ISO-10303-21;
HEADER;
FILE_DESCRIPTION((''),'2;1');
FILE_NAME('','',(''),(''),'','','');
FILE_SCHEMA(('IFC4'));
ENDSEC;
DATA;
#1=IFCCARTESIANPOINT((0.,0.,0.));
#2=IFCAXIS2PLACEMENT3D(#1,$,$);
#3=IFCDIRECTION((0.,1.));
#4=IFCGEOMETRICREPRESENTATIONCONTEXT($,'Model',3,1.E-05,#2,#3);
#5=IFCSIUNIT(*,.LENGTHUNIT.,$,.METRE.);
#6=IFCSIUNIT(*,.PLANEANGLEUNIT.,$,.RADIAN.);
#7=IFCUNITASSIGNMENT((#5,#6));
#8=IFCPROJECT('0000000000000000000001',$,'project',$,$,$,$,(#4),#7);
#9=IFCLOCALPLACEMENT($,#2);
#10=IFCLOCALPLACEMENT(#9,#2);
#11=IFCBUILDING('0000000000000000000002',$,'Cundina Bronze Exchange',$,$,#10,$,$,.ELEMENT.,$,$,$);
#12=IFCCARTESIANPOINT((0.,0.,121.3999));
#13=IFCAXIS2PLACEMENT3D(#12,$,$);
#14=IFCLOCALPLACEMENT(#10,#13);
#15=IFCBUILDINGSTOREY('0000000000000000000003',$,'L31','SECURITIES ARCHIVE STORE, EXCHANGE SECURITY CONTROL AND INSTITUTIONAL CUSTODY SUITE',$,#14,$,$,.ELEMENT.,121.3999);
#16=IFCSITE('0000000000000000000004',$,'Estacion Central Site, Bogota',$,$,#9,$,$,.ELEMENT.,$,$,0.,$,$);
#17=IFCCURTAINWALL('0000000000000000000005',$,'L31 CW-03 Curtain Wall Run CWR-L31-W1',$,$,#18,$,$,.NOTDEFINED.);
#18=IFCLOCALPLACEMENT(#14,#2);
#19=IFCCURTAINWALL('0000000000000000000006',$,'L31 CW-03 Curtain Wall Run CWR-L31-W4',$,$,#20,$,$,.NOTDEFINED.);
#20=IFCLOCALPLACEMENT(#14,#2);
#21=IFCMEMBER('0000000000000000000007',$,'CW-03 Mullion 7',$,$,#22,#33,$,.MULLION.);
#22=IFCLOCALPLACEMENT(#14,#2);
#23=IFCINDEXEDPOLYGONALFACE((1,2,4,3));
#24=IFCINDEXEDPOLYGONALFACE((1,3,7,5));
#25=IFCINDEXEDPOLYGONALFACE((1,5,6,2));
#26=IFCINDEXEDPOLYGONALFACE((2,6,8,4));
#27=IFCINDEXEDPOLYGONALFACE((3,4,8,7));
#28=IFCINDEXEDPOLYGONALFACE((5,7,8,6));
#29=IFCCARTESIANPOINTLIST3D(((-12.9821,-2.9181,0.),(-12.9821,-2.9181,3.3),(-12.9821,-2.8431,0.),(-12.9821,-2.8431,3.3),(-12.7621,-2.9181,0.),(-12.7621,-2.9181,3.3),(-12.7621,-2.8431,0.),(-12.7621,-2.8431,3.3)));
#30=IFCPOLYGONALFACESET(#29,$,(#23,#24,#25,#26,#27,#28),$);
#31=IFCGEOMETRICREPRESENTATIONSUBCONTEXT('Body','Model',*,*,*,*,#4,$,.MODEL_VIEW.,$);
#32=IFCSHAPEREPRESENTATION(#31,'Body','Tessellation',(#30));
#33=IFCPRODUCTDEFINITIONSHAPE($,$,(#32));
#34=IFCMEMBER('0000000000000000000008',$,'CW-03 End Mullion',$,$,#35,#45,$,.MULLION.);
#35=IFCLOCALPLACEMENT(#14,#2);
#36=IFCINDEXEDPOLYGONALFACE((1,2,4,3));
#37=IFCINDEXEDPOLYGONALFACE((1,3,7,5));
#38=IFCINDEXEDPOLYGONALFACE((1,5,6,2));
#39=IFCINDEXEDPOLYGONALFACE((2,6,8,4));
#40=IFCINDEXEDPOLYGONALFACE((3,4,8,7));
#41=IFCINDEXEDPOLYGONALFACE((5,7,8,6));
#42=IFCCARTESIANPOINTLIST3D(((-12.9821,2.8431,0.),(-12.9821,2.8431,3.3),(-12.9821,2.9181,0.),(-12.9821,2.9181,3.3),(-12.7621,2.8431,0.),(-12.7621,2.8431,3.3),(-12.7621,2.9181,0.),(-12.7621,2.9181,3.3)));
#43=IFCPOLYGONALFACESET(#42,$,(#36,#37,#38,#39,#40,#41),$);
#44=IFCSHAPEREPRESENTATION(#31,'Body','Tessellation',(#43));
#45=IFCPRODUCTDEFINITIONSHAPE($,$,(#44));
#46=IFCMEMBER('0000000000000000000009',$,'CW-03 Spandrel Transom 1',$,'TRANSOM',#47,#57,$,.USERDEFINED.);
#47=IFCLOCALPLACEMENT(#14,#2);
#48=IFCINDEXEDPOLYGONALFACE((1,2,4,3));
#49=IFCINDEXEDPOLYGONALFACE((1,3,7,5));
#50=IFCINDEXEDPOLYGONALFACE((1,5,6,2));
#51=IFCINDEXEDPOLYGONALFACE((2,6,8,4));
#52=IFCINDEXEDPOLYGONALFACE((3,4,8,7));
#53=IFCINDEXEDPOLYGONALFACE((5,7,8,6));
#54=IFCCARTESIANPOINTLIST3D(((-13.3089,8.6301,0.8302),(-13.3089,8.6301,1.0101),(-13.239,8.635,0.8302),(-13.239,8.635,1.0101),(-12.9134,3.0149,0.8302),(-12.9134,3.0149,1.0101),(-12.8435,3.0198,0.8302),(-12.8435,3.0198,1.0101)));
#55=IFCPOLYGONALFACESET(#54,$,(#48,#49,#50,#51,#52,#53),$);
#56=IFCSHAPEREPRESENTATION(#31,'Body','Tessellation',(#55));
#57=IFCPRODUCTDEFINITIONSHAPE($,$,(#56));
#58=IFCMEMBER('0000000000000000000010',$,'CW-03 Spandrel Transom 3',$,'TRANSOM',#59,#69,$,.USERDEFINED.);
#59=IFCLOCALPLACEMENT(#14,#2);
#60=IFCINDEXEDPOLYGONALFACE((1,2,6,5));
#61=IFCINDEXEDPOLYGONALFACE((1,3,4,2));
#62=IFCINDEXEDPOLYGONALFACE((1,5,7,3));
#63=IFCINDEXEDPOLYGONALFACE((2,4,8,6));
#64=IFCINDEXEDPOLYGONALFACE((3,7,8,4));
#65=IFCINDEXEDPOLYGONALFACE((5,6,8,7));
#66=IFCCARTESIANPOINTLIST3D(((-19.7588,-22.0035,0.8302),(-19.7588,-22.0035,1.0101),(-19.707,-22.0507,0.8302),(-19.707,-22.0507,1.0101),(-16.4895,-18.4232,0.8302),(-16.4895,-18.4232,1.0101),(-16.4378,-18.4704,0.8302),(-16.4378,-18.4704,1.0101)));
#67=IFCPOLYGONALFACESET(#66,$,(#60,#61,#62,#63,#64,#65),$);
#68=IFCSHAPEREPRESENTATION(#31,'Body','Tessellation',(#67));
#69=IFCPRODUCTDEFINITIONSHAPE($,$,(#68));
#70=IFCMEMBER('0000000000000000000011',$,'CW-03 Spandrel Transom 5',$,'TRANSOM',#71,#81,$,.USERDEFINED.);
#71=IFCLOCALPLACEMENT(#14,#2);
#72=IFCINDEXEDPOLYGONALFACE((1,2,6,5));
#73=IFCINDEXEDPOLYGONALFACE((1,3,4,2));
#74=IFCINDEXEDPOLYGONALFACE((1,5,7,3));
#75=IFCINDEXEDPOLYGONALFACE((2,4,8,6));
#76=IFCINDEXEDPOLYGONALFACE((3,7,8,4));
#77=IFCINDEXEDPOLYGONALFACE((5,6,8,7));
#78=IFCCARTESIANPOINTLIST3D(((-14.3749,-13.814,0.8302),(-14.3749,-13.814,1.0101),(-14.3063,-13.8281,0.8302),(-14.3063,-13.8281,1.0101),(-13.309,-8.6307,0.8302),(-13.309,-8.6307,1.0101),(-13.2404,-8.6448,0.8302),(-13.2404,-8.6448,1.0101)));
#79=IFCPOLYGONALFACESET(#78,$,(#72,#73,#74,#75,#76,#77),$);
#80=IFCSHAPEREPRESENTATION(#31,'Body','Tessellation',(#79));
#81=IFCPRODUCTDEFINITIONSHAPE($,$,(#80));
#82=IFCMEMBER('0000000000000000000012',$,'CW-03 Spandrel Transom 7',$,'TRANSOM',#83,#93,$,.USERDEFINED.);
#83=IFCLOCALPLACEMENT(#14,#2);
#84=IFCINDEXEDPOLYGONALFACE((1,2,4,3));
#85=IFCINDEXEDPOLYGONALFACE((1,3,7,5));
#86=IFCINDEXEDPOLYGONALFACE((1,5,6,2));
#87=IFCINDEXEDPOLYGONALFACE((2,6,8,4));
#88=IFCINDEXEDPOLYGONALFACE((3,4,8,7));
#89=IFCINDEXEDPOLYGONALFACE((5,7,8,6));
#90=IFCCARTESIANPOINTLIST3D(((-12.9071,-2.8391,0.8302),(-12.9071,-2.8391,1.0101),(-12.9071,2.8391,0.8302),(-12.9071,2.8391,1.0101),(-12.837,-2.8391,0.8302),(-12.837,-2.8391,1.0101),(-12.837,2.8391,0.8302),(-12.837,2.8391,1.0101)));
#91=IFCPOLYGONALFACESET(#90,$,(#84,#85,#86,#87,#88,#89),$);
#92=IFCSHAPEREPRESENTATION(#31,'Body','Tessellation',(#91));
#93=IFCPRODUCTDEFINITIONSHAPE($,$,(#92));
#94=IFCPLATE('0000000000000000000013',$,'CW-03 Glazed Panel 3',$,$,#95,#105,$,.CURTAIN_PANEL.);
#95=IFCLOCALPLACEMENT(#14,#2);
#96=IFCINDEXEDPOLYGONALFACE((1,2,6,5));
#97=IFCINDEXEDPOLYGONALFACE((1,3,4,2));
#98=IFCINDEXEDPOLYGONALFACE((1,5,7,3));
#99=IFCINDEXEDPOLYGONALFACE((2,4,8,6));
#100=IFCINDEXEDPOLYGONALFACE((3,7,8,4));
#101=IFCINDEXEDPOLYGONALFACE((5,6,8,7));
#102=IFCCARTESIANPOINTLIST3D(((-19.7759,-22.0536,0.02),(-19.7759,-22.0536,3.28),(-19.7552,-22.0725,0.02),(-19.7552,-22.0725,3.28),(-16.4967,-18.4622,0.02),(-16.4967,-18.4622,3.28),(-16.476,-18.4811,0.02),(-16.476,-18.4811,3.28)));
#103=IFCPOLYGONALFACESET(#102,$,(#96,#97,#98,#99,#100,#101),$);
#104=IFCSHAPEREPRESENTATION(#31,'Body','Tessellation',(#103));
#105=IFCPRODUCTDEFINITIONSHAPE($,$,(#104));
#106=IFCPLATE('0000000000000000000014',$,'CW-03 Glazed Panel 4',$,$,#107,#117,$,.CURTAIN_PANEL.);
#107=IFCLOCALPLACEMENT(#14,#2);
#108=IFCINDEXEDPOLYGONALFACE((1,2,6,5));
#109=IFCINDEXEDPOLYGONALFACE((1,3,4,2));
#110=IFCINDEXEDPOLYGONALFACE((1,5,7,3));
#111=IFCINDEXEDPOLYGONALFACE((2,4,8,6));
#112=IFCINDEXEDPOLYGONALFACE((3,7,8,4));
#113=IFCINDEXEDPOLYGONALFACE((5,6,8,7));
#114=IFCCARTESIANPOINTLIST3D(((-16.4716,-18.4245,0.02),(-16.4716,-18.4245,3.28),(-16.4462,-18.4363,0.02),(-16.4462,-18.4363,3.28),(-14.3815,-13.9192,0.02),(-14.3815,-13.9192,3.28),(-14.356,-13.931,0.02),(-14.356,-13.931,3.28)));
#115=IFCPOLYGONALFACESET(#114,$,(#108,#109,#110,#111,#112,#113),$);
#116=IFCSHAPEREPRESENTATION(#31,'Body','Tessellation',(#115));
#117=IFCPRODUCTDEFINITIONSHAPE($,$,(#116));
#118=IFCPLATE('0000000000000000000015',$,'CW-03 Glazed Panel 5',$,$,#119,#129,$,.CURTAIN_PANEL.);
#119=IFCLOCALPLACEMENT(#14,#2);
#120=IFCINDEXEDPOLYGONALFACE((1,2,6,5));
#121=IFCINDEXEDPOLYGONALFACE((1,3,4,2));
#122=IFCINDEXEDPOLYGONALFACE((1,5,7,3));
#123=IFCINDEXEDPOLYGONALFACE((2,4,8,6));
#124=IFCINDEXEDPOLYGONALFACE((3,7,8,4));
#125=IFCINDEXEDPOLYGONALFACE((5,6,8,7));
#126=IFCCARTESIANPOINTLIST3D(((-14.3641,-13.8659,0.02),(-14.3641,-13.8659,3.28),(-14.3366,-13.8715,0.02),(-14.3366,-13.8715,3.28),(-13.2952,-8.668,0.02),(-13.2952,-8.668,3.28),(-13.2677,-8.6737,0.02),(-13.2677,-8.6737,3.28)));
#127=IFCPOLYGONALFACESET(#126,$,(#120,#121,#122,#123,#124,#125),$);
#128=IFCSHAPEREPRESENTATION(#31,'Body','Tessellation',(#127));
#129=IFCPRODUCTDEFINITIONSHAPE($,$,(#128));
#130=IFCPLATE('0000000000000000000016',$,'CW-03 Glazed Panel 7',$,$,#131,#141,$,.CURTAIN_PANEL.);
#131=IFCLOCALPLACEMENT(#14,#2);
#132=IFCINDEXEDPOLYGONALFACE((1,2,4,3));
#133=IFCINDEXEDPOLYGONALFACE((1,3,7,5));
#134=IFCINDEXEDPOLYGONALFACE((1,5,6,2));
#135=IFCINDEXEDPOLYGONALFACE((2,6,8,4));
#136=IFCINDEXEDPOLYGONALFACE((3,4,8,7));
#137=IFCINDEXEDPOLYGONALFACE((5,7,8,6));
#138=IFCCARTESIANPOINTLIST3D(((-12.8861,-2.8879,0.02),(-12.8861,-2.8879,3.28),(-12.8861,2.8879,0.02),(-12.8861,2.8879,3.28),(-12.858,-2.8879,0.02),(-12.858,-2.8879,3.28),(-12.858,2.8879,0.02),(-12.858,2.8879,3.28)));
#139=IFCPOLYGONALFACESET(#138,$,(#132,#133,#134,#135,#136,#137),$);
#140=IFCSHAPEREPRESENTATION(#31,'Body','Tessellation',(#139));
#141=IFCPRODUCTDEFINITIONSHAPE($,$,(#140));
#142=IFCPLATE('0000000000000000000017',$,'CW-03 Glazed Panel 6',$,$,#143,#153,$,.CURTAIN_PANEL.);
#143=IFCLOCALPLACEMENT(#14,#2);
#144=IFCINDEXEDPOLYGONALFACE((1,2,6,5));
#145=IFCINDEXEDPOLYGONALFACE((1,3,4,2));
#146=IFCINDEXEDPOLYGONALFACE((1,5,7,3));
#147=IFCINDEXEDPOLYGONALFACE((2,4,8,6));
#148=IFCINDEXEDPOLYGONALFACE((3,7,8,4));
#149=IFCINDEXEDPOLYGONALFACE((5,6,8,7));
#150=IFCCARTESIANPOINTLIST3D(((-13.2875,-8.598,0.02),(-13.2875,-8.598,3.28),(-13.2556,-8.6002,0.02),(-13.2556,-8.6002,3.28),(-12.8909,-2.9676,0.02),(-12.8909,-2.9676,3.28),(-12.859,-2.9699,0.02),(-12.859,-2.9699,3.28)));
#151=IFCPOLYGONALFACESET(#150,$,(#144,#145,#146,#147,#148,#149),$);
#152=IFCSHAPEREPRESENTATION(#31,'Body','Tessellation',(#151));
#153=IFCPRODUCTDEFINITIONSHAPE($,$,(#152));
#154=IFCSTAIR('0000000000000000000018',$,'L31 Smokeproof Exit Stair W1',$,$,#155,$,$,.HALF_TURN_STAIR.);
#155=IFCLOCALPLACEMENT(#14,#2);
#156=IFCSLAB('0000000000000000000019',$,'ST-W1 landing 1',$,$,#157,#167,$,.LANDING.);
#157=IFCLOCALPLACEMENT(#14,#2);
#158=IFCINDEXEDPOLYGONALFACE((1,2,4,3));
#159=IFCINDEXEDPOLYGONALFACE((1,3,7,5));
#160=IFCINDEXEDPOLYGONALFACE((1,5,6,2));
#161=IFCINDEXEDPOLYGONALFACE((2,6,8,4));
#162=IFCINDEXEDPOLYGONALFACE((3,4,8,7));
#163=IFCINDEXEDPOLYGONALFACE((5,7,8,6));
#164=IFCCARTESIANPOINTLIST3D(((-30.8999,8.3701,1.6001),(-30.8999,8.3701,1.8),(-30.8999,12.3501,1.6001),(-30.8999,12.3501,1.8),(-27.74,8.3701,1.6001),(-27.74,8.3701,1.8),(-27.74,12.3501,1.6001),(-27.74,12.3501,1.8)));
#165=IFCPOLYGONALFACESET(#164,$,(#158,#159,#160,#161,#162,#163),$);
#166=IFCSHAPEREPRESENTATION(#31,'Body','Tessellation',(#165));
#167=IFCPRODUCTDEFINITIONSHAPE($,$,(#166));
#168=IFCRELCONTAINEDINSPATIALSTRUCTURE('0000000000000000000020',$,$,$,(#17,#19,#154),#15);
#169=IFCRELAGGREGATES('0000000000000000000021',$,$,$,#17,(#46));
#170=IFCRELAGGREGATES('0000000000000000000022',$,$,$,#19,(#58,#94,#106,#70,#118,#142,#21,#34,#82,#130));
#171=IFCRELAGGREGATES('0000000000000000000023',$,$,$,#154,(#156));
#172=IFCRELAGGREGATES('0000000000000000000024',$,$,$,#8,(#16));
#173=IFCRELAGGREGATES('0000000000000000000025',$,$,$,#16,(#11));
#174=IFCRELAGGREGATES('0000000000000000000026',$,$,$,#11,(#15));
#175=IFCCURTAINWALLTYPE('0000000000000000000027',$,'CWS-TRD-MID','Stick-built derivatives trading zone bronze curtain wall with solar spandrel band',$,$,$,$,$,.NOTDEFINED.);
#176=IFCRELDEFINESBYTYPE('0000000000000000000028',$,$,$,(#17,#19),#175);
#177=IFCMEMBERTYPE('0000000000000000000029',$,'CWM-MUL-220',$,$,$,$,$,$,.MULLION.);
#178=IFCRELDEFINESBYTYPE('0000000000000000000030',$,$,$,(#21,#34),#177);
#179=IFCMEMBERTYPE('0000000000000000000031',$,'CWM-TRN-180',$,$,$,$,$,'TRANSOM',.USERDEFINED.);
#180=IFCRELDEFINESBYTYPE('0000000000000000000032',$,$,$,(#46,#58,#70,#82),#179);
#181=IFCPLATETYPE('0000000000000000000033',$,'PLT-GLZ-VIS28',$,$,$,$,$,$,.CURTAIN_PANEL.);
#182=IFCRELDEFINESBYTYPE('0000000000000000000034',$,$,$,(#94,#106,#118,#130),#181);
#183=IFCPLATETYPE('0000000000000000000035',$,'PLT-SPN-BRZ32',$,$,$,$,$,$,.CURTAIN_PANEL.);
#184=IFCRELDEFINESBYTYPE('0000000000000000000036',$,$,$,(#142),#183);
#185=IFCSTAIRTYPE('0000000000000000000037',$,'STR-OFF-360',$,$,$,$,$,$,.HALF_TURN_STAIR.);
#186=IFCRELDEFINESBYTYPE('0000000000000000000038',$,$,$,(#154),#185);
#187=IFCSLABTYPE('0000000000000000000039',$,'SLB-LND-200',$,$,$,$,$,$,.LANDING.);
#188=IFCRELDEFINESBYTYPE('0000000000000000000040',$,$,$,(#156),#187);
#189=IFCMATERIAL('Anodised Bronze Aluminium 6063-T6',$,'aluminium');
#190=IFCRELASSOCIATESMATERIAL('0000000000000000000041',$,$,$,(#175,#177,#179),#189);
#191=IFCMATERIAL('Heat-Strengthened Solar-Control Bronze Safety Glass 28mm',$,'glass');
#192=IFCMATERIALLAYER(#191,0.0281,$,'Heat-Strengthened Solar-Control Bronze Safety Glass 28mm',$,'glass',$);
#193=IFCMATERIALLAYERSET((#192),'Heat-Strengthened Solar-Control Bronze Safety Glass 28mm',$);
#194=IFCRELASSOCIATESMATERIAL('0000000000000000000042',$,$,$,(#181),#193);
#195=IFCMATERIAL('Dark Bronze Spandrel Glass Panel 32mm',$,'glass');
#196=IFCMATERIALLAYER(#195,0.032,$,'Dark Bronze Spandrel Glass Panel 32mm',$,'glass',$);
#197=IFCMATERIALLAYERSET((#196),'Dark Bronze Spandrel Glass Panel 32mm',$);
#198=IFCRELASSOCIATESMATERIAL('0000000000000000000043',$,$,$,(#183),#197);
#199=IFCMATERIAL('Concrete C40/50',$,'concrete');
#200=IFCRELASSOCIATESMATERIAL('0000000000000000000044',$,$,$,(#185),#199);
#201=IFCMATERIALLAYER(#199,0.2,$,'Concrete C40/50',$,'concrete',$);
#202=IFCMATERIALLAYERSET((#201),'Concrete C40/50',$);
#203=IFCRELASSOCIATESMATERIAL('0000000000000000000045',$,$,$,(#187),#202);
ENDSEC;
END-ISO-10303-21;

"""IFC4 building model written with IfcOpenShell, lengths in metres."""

from ifc_helpers import new_model, si_unit, direction, frame, origin, origin_2d, place, context, subcontext, project, spatial, polyline, rectangle, outline, extrude, material, layer, layer_set, material_profile, profile_set, type_object, element, aggregate, save


model = new_model("IFC4")

# Units and contexts
model_context = context("Model", 3, precision=1e-05, world=origin(), true_north=direction((0.0, 1.0)))
body_context = subcontext(model_context, "Body", "Model", "MODEL_VIEW")
ifc_project = project(units=[si_unit("LENGTHUNIT", "METRE"), si_unit("PLANEANGLEUNIT", "RADIAN")], contexts=[model_context])

# Site, building, storey
site_placement = place(None, origin())
site = spatial("IfcSite", under=ifc_project, at=site_placement, Name="Estacion Central Site, Bogota", CompositionType="ELEMENT", RefElevation=0.0)
building_placement = place(site_placement, origin())
building = spatial("IfcBuilding", under=site, at=building_placement, Name="Cundina Bronze Exchange", CompositionType="ELEMENT")
storey_placement = place(building_placement, frame((0.0, 0.0, 121.3999)))
storey = spatial("IfcBuildingStorey", under=building, at=storey_placement, Name="L31", Description="SECURITIES ARCHIVE STORE, EXCHANGE SECURITY CONTROL AND INSTITUTIONAL CUSTODY SUITE", CompositionType="ELEMENT", Elevation=121.3999)

# Curtain wall
ifc_material_1 = material(Name="Anodised Bronze Aluminium 6063-T6", Category="aluminium")
curtain_wall_type = type_object("IfcCurtainWallType", Name="CWS-TRD-MID", Description="Stick-built derivatives trading zone bronze curtain wall with solar spandrel band", PredefinedType="NOTDEFINED", material=ifc_material_1)
curtain_wall_1_placement = place(storey_placement, origin())
curtain_wall_1 = element("IfcCurtainWall", 1, at=curtain_wall_1_placement, inside=storey, type_object=curtain_wall_type, Name="L31 CW-03 Curtain Wall Run CWR-L31-W1", PredefinedType="NOTDEFINED")
ifc_material_profile_1 = material_profile(ifc_material_1, rectangle(XDim=0.075, YDim=0.22, at=origin_2d()), Name="AL75X220", Category="aluminium")
ifc_profile_set_1 = profile_set([ifc_material_profile_1], Name="Anodised Bronze Aluminium 6063-T6")
member_type_1 = type_object("IfcMemberType", Name="CWM-MUL-220", PredefinedType="MULLION", material=ifc_profile_set_1)

# Curtain wall, members
curtain_wall_2_placement = place(storey_placement, origin())
curtain_wall_2 = element("IfcCurtainWall", 2, at=curtain_wall_2_placement, inside=storey, type_object=curtain_wall_type, Name="L31 CW-03 Curtain Wall Run CWR-L31-W4", PredefinedType="NOTDEFINED")
member_1_placement = place(storey_placement, frame((-12.8721, -2.8806, 0.0), z_axis=(0.0, 0.0, 1.0), x_axis=(0.0, 1.0, 0.0)))
member_1 = element("IfcMember", 3, at=member_1_placement, type_object=member_type_1, Name="CW-03 Mullion 7", PredefinedType="MULLION", context=body_context, shape_type="SweptSolid", body=[
    extrude(rectangle(XDim=0.075, YDim=0.22, at=origin_2d()), origin(), (0.0, 0.0, 1.0), 3.3),
])
member_2_placement = place(storey_placement, frame((-12.8721, 2.8806, 0.0), z_axis=(0.0, 0.0, 1.0), x_axis=(0.0, 1.0, 0.0)))
member_2 = element("IfcMember", 4, at=member_2_placement, type_object=member_type_1, Name="CW-03 End Mullion", PredefinedType="MULLION", context=body_context, shape_type="SweptSolid", body=[
    extrude(rectangle(XDim=0.075, YDim=0.22, at=origin_2d()), origin(), (0.0, 0.0, 1.0), 3.3),
])

# Members
ifc_material_profile_2 = material_profile(ifc_material_1, rectangle(XDim=0.0701, YDim=0.1799, at=origin_2d()), Name="AL70X180", Category="aluminium")
ifc_profile_set_2 = profile_set([ifc_material_profile_2], Name="Anodised Bronze Aluminium 6063-T6")
member_type_2 = type_object("IfcMemberType", Name="CWM-TRN-180", ElementType="TRANSOM", PredefinedType="USERDEFINED", material=ifc_profile_set_2)
member_3_placement = place(storey_placement, frame((-12.8784, 3.0173, 0.9202), z_axis=(-0.070261, 0.997529, 0.0), x_axis=(-0.997529, -0.070261, 0.0)))
member_3 = element("IfcMember", 5, at=member_3_placement, type_object=member_type_2, Name="CW-03 Spandrel Transom 1", ObjectType="TRANSOM", PredefinedType="USERDEFINED", context=body_context, shape_type="SweptSolid", body=[
    extrude(rectangle(XDim=0.0701, YDim=0.1799, at=origin_2d()), origin(), (0.0, 0.0, 1.0), 5.6292),
])
aggregate(curtain_wall_1, [member_3])
member_4_placement = place(storey_placement, frame((-19.7329, -22.0271, 0.9202), z_axis=(0.674303, 0.738455, 0.0), x_axis=(-0.738455, 0.674303, 0.0)))
member_4 = element("IfcMember", 6, at=member_4_placement, type_object=member_type_2, Name="CW-03 Spandrel Transom 3", ObjectType="TRANSOM", PredefinedType="USERDEFINED", context=body_context, shape_type="SweptSolid", body=[
    extrude(rectangle(XDim=0.0701, YDim=0.1799, at=origin_2d()), origin(), (0.0, 0.0, 1.0), 4.8484),
])
member_5_placement = place(storey_placement, frame((-14.3406, -13.821, 0.9202), z_axis=(0.201428, 0.979503, 0.0), x_axis=(-0.979503, 0.201428, 0.0)))
member_5 = element("IfcMember", 7, at=member_5_placement, type_object=member_type_2, Name="CW-03 Spandrel Transom 5", ObjectType="TRANSOM", PredefinedType="USERDEFINED", context=body_context, shape_type="SweptSolid", body=[
    extrude(rectangle(XDim=0.0701, YDim=0.1799, at=origin_2d()), origin(), (0.0, 0.0, 1.0), 5.2917),
])
member_6_placement = place(storey_placement, frame((-12.8721, -2.8391, 0.9202), z_axis=(0.0, 1.0, 0.0), x_axis=(-1.0, 0.0, 0.0)))
member_6 = element("IfcMember", 8, at=member_6_placement, type_object=member_type_2, Name="CW-03 Spandrel Transom 7", ObjectType="TRANSOM", PredefinedType="USERDEFINED", context=body_context, shape_type="SweptSolid", body=[
    extrude(rectangle(XDim=0.0701, YDim=0.1799, at=origin_2d()), origin(), (0.0, 0.0, 1.0), 5.6782),
])

# Plates
ifc_material_2 = material(Name="Heat-Strengthened Solar-Control Bronze Safety Glass 28mm", Category="glass")
ifc_layer_1 = layer(ifc_material_2, 0.0281, Name="Heat-Strengthened Solar-Control Bronze Safety Glass 28mm", Category="glass")
ifc_layer_set_1 = layer_set([ifc_layer_1], Name="Heat-Strengthened Solar-Control Bronze Safety Glass 28mm")
plate_type_1 = type_object("IfcPlateType", Name="PLT-GLZ-VIS28", PredefinedType="CURTAIN_PANEL", material=ifc_layer_set_1)
plate_1_placement = place(storey_placement, frame((-18.126, -20.2673, 0.02), z_axis=(0.0, 0.0, 1.0), x_axis=(0.674277, 0.738479, 0.0)))
plate_1 = element("IfcPlate", 9, at=plate_1_placement, type_object=plate_type_1, Name="CW-03 Glazed Panel 3", PredefinedType="CURTAIN_PANEL", context=body_context, shape_type="SweptSolid", body=[
    extrude(rectangle(XDim=4.8633, YDim=0.0281, at=origin_2d()), origin(), (0.0, 0.0, 1.0), 3.26),
])
plate_2_placement = place(storey_placement, frame((-15.4138, -16.1777, 0.02), z_axis=(0.0, 0.0, 1.0), x_axis=(0.420846, 0.907132, 0.0)))
plate_2 = element("IfcPlate", 10, at=plate_2_placement, type_object=plate_type_1, Name="CW-03 Glazed Panel 4", PredefinedType="CURTAIN_PANEL", context=body_context, shape_type="SweptSolid", body=[
    extrude(rectangle(XDim=4.9666, YDim=0.0281, at=origin_2d()), origin(), (0.0, 0.0, 1.0), 3.26),
])
plate_3_placement = place(storey_placement, frame((-13.8159, -11.2698, 0.02), z_axis=(0.0, 0.0, 1.0), x_axis=(0.20142, 0.979505, 0.0)))
plate_3 = element("IfcPlate", 11, at=plate_3_placement, type_object=plate_type_1, Name="CW-03 Glazed Panel 5", PredefinedType="CURTAIN_PANEL", context=body_context, shape_type="SweptSolid", body=[
    extrude(rectangle(XDim=5.3066, YDim=0.0281, at=origin_2d()), origin(), (0.0, 0.0, 1.0), 3.26),
])
plate_4_placement = place(storey_placement, frame((-12.8721, 0.0, 0.02), z_axis=(0.0, 0.0, 1.0), x_axis=(0.0, 1.0, 0.0)))
plate_4 = element("IfcPlate", 12, at=plate_4_placement, type_object=plate_type_1, Name="CW-03 Glazed Panel 7", PredefinedType="CURTAIN_PANEL", context=body_context, shape_type="SweptSolid", body=[
    extrude(rectangle(XDim=5.7759, YDim=0.0281, at=origin_2d()), origin(), (0.0, 0.0, 1.0), 3.26),
])
ifc_material_3 = material(Name="Dark Bronze Spandrel Glass Panel 32mm", Category="glass")
ifc_layer_2 = layer(ifc_material_3, 0.032, Name="Dark Bronze Spandrel Glass Panel 32mm", Category="glass")
ifc_layer_set_2 = layer_set([ifc_layer_2], Name="Dark Bronze Spandrel Glass Panel 32mm")
plate_type_2 = type_object("IfcPlateType", Name="PLT-SPN-BRZ32", PredefinedType="CURTAIN_PANEL", material=ifc_layer_set_2)
plate_5_placement = place(storey_placement, frame((-13.0732, -5.7839, 0.02), z_axis=(0.0, 0.0, 1.0), x_axis=(0.070279, 0.997527, 0.0)))
plate_5 = element("IfcPlate", 13, at=plate_5_placement, type_object=plate_type_2, Name="CW-03 Glazed Panel 6", PredefinedType="CURTAIN_PANEL", context=body_context, shape_type="SweptSolid", body=[
    extrude(rectangle(XDim=5.6443, YDim=0.032, at=origin_2d()), origin(), (0.0, 0.0, 1.0), 3.26),
])
aggregate(curtain_wall_2, [member_4, plate_1, plate_2, member_5, plate_3, plate_5, member_1, member_2, member_6, plate_4])

# Stair, slab
ifc_material_4 = material(Name="Concrete C40/50", Category="concrete")
stair_type = type_object("IfcStairType", Name="STR-OFF-360", PredefinedType="HALF_TURN_STAIR", material=ifc_material_4)
stair_placement = place(storey_placement, origin())
stair = element("IfcStair", 14, at=stair_placement, inside=storey, type_object=stair_type, Name="L31 Smokeproof Exit Stair W1", PredefinedType="HALF_TURN_STAIR")
ifc_layer_3 = layer(ifc_material_4, 0.2, Name="Concrete C40/50", Category="concrete")
ifc_layer_set_3 = layer_set([ifc_layer_3], Name="Concrete C40/50")
slab_type_1 = type_object("IfcSlabType", Name="SLB-LND-200", PredefinedType="LANDING", material=ifc_layer_set_3)
slab_1_placement = place(storey_placement, frame((0.0, 0.0, 1.6001)))
slab_1 = element("IfcSlab", 15, at=slab_1_placement, type_object=slab_type_1, Name="ST-W1 landing 1", PredefinedType="LANDING", context=body_context, shape_type="SweptSolid", body=[
    extrude(outline(polyline([(-27.74, 8.3701), (-27.74, 12.3501), (-30.8999, 12.3501), (-30.8999, 8.3701), (-27.74, 8.3701)])), origin(), (0.0, 0.0, 1.0), 0.2),
])
aggregate(stair, [slab_1])

save(model, "model.ifc")
